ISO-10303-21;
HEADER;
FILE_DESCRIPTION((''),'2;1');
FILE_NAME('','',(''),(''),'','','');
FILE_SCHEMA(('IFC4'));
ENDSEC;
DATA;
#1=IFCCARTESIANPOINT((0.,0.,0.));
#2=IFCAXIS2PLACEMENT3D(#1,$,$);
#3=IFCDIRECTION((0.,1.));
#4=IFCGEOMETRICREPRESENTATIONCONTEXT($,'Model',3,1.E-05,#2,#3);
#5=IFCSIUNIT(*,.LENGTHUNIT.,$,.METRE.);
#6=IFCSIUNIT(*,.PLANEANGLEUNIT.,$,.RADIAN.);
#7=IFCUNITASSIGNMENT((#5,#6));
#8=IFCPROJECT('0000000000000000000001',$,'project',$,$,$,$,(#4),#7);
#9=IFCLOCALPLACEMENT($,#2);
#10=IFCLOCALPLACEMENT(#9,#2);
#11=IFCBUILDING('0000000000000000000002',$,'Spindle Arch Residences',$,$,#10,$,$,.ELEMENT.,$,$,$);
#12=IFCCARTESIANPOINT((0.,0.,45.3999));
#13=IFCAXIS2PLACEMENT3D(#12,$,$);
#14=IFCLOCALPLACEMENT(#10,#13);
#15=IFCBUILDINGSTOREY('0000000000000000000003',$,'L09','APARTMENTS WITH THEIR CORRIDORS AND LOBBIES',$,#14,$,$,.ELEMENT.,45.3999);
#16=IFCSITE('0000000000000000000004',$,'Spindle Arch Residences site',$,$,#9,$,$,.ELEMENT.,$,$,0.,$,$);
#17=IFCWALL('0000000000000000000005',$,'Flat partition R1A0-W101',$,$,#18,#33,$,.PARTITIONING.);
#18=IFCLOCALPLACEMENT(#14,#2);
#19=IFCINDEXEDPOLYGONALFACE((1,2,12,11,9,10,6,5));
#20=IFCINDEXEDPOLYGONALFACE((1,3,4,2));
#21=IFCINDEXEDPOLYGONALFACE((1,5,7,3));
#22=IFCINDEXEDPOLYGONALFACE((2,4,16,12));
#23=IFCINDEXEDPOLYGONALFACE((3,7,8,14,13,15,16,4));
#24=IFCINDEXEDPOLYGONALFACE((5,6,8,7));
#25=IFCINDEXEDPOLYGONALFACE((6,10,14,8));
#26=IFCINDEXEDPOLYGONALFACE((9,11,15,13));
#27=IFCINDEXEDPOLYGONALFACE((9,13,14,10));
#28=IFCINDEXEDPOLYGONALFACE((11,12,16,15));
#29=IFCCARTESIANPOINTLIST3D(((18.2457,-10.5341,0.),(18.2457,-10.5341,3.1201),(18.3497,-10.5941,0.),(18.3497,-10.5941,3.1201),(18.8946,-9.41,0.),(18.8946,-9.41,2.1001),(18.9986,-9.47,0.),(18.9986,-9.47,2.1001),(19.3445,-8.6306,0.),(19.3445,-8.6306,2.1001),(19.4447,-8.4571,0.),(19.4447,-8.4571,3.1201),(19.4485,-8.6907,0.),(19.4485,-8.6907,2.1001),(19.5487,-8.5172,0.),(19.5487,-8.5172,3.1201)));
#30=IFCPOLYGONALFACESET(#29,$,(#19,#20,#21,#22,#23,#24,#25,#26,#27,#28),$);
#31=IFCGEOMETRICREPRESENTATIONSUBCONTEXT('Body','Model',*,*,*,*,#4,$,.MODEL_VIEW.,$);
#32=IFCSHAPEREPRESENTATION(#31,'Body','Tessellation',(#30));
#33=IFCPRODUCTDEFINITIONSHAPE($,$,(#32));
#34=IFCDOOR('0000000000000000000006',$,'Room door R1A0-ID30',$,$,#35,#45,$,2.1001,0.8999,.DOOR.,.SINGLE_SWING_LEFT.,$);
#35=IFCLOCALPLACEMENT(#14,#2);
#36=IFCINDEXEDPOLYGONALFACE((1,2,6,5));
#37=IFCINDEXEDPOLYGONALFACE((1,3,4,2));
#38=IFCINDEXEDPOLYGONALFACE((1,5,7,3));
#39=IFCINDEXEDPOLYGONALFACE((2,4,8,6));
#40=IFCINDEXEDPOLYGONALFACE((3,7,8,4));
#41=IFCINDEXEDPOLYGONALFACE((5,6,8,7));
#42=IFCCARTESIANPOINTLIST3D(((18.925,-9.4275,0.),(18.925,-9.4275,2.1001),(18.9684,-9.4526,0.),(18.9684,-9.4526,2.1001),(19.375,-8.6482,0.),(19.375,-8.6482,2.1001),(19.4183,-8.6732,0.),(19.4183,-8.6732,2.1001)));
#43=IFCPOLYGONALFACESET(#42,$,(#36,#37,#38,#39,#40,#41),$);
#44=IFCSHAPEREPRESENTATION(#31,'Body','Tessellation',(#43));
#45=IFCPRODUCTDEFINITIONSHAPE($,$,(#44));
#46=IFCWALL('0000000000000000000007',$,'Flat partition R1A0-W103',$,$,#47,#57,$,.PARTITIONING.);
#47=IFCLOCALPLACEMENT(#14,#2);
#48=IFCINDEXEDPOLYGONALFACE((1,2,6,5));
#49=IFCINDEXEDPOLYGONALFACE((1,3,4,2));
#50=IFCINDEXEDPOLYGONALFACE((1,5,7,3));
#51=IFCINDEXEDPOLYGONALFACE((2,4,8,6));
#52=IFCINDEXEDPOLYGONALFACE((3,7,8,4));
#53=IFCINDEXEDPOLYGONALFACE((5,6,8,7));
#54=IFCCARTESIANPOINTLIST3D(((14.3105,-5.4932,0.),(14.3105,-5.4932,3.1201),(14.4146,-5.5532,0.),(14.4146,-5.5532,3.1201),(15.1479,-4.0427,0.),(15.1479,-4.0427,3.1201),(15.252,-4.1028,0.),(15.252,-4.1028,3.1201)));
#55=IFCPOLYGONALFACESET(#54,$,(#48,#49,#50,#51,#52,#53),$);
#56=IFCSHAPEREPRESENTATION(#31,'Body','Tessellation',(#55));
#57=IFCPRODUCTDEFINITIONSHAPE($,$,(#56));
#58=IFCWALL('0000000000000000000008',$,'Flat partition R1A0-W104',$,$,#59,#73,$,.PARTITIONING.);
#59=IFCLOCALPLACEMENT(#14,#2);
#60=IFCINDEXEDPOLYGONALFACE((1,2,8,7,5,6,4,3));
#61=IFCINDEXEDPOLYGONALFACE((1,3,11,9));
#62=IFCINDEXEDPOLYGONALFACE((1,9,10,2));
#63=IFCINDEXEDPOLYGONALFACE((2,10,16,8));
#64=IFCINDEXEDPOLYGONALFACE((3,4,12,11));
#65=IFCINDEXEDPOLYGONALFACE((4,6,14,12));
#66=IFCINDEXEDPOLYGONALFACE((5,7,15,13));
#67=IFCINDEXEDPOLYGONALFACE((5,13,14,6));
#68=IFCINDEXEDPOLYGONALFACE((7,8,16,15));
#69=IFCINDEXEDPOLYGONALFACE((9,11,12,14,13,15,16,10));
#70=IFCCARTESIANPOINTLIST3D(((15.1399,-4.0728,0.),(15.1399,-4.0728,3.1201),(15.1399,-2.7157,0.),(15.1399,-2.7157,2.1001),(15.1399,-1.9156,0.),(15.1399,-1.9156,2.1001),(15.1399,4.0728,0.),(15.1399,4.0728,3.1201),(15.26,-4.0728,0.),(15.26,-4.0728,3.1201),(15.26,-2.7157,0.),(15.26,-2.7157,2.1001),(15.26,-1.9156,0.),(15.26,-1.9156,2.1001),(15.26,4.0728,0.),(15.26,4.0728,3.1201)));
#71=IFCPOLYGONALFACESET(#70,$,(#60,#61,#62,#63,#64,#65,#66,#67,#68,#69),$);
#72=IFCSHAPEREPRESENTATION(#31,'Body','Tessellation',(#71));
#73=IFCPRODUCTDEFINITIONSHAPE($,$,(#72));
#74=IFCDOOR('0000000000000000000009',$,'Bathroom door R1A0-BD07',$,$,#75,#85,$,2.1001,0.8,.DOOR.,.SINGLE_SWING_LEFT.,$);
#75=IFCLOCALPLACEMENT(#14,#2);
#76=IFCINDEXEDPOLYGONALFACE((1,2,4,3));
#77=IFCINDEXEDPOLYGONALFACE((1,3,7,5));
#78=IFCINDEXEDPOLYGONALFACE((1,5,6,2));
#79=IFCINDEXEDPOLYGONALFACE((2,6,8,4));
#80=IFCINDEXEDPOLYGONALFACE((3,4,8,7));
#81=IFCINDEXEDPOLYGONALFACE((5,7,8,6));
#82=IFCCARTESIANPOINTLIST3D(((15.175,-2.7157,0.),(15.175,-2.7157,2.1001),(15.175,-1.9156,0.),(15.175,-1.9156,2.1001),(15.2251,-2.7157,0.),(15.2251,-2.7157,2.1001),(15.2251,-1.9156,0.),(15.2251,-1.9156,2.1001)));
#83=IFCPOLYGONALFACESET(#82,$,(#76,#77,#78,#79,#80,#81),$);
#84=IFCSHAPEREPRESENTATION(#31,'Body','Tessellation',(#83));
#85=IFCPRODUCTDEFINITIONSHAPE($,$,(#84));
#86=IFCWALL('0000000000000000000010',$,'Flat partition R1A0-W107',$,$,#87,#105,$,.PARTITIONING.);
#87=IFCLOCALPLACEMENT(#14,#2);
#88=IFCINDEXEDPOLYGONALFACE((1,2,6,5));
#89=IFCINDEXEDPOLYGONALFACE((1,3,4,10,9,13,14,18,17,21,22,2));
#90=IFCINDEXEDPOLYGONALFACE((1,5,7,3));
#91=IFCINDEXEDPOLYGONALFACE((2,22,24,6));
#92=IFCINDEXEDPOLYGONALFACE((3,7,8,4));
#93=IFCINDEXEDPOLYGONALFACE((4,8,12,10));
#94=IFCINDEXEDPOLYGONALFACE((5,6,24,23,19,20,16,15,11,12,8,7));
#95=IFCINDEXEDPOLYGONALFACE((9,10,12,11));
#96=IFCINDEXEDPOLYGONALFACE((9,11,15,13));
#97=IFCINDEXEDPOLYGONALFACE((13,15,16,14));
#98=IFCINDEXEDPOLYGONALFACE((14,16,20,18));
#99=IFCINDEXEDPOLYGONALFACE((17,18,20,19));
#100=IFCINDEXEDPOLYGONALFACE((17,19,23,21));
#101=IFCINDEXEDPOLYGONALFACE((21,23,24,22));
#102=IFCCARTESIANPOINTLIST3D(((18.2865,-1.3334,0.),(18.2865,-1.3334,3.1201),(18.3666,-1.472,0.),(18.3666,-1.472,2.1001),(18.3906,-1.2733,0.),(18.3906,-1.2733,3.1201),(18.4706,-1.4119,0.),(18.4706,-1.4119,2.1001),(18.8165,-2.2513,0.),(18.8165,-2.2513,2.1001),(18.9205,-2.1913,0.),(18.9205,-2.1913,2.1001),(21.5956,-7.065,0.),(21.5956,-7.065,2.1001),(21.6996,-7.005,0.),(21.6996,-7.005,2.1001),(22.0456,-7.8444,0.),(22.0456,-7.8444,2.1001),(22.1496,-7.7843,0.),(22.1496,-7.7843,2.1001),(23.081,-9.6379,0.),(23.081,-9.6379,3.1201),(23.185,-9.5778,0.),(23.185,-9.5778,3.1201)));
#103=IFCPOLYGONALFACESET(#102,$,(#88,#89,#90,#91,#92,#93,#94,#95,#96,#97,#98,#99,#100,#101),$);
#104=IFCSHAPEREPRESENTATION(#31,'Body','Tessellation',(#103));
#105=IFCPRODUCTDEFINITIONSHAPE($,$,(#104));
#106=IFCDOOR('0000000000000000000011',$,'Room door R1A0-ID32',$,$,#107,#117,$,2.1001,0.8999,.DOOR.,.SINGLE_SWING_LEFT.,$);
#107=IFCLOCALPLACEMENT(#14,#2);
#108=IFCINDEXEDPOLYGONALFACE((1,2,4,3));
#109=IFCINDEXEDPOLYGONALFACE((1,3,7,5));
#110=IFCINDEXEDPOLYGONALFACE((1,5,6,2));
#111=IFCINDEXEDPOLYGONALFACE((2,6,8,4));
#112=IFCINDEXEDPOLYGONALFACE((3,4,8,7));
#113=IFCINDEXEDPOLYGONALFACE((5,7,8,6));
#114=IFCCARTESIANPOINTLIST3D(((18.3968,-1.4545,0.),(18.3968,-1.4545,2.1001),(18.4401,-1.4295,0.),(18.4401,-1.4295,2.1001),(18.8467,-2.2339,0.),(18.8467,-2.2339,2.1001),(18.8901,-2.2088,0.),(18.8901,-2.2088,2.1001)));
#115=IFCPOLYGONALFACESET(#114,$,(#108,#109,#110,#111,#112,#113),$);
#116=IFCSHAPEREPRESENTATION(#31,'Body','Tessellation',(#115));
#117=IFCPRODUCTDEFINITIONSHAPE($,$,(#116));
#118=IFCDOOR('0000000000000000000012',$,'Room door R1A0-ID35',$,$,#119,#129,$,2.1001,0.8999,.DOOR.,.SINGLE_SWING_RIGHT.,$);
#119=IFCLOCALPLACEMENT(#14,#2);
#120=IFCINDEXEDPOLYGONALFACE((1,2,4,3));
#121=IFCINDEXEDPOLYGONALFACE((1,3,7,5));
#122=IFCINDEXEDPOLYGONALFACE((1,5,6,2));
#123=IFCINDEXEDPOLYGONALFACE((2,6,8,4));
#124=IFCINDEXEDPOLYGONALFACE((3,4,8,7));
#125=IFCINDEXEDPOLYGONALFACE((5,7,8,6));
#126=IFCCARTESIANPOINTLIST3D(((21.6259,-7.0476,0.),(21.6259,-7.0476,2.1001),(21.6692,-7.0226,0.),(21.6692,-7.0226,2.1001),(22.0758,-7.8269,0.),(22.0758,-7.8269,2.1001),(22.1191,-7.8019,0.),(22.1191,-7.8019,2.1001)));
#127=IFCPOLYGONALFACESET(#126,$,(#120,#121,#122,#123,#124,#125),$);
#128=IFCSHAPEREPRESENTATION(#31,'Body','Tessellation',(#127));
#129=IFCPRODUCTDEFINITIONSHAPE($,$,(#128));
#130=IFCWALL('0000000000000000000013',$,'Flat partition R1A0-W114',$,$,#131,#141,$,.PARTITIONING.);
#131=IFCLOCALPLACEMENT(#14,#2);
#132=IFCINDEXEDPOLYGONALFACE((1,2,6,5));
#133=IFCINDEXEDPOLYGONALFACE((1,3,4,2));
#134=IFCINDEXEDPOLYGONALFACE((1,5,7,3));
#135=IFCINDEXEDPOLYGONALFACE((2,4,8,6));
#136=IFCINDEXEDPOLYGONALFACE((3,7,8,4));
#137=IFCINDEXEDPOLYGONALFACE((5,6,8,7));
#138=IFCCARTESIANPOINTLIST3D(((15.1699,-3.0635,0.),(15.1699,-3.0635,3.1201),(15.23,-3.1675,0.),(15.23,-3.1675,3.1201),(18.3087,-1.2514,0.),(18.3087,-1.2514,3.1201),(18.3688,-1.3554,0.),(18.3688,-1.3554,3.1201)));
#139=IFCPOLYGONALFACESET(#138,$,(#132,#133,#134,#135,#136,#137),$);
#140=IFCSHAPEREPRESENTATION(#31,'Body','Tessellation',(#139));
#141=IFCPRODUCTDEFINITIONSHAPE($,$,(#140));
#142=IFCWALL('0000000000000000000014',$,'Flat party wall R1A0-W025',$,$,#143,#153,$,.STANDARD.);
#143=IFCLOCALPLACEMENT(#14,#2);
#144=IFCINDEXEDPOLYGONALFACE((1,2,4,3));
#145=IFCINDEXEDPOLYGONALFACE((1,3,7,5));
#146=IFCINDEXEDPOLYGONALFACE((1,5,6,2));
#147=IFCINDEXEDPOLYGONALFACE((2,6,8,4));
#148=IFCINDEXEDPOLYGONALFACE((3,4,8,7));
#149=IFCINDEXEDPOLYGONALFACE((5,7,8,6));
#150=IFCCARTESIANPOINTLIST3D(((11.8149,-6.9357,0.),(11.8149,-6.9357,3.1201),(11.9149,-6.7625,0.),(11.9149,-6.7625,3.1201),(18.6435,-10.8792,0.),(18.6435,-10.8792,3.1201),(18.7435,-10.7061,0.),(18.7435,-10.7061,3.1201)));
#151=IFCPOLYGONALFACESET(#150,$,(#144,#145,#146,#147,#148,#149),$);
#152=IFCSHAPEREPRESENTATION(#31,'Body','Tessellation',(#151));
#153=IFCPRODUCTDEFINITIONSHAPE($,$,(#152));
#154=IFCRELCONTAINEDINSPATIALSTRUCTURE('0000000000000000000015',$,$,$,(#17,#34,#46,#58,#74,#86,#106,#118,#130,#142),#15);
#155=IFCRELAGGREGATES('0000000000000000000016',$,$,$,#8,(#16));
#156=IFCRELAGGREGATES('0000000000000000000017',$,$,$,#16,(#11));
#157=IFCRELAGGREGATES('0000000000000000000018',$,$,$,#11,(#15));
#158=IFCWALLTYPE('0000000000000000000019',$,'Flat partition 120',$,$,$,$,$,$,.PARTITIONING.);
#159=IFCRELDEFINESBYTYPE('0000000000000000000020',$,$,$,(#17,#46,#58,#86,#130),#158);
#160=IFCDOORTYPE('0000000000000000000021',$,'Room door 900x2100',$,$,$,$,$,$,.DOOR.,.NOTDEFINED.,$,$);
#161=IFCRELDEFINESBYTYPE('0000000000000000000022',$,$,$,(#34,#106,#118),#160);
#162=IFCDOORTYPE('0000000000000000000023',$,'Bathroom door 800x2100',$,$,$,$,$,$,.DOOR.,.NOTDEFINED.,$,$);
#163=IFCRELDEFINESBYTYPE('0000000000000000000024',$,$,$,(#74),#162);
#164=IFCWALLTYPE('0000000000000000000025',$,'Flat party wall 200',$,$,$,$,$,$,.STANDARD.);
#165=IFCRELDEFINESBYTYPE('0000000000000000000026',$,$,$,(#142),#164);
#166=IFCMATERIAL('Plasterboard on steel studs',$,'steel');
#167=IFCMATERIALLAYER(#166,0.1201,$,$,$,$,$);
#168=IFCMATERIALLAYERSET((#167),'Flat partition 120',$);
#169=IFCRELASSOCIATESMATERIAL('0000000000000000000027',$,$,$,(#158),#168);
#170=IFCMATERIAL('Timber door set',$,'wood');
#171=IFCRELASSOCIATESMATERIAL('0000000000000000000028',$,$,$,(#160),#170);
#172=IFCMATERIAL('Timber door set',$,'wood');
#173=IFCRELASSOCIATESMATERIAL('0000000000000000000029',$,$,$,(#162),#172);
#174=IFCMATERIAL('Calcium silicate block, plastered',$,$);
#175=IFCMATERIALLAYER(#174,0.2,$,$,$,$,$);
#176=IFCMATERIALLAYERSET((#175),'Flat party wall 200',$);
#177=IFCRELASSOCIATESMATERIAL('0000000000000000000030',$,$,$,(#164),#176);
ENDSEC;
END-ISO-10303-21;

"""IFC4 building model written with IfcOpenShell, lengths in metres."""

from ifc_helpers import new_model, si_unit, direction, frame, frame_2d, origin, place, context, subcontext, project, spatial, rectangle, extrude, material, layer, layer_set, type_object, element, fill, save


model = new_model("IFC4")

# Units and contexts
model_context = context("Model", 3, precision=1e-05, world=origin(), true_north=direction((0.0, 1.0)))
body_context = subcontext(model_context, "Body", "Model", "MODEL_VIEW")
ifc_project = project(units=[si_unit("LENGTHUNIT", "METRE"), si_unit("PLANEANGLEUNIT", "RADIAN")], contexts=[model_context])

# Site, building, storey
site_placement = place(None, origin())
site = spatial("IfcSite", under=ifc_project, at=site_placement, Name="Spindle Arch Residences site", CompositionType="ELEMENT", RefElevation=0.0)
building_placement = place(site_placement, origin())
building = spatial("IfcBuilding", under=site, at=building_placement, Name="Spindle Arch Residences", CompositionType="ELEMENT")
storey_placement = place(building_placement, frame((0.0, 0.0, 45.3999)))
storey = spatial("IfcBuildingStorey", under=building, at=storey_placement, Name="L09", Description="APARTMENTS WITH THEIR CORRIDORS AND LOBBIES", CompositionType="ELEMENT", Elevation=45.3999)

# Wall, opening, door
ifc_material_1 = material(Name="Plasterboard on steel studs", Category="steel")
ifc_layer_1 = layer(ifc_material_1, 0.1201)
ifc_layer_set_1 = layer_set([ifc_layer_1], Name="Flat partition 120")
wall_type_1 = type_object("IfcWallType", Name="Flat partition 120", PredefinedType="PARTITIONING", material=ifc_layer_set_1)
wall_1_placement = place(storey_placement, frame((18.2976, -10.5642, 0.0), z_axis=(0.0, 0.0, 1.0), x_axis=(0.49996, 0.866048, 0.0)))
wall_1 = element("IfcWall", 1, at=wall_1_placement, inside=storey, type_object=wall_type_1, Name="Flat partition R1A0-W101", PredefinedType="PARTITIONING", context=body_context, shape_type="SweptSolid", body=[
    extrude(rectangle(XDim=2.3982, YDim=0.1201, at=frame_2d((1.1992, 0.0))), origin(), (0.0, 0.0, 1.0), 3.1201),
])
opening_1_placement = place(wall_1_placement, frame((1.2981, 0.0, 0.0)))
opening_1 = element("IfcOpeningElement", 2, at=opening_1_placement, cuts=wall_1, PredefinedType="OPENING", context=body_context, shape_type="SweptSolid", body=[
    extrude(rectangle(XDim=0.8999, YDim=2.1001, at=frame_2d((0.45, 1.05))), frame((0.0, 0.0701, 0.0), z_axis=(0.0, -1.0, 0.0), x_axis=(1.0, 0.0, 0.0)), (0.0, 0.0, 1.0), 0.1401),
])
ifc_material_2 = material(Name="Timber door set", Category="wood")
door_type_1 = type_object("IfcDoorType", Name="Room door 900x2100", OperationType="NOTDEFINED", PredefinedType="DOOR", material=ifc_material_2)
door_1_placement = place(opening_1_placement, origin())
door_1 = element("IfcDoor", 3, at=door_1_placement, inside=storey, type_object=door_type_1, Name="Room door R1A0-ID30", OperationType="SINGLE_SWING_LEFT", OverallHeight=2.1001, OverallWidth=0.8999, PredefinedType="DOOR", context=body_context, shape_type="SweptSolid", body=[
    extrude(rectangle(XDim=0.8999, YDim=2.1001, at=frame_2d((0.45, 1.05))), frame((0.0, 0.0249, 0.0), z_axis=(0.0, -1.0, 0.0), x_axis=(1.0, 0.0, 0.0)), (0.0, 0.0, 1.0), 0.05),
])
fill(opening_1, door_1)

# Wall
wall_2_placement = place(storey_placement, frame((14.3625, -5.5232, 0.0), z_axis=(0.0, 0.0, 1.0), x_axis=(0.499996, 0.866028, 0.0)))
element("IfcWall", 4, at=wall_2_placement, inside=storey, type_object=wall_type_1, Name="Flat partition R1A0-W103", PredefinedType="PARTITIONING", context=body_context, shape_type="SweptSolid", body=[
    extrude(rectangle(XDim=1.6748, YDim=0.1201, at=frame_2d((0.8374, 0.0))), origin(), (0.0, 0.0, 1.0), 3.1201),
])

# Wall, opening, door
wall_3_placement = place(storey_placement, frame((15.2, -4.0728, 0.0), z_axis=(0.0, 0.0, 1.0), x_axis=(0.0, 1.0, 0.0)))
wall_3 = element("IfcWall", 5, at=wall_3_placement, inside=storey, type_object=wall_type_1, Name="Flat partition R1A0-W104", PredefinedType="PARTITIONING", context=body_context, shape_type="SweptSolid", body=[
    extrude(rectangle(XDim=8.1455, YDim=0.1201, at=frame_2d((4.0728, 0.0))), origin(), (0.0, 0.0, 1.0), 3.1201),
])
opening_2_placement = place(wall_3_placement, frame((1.3572, 0.0, 0.0)))
opening_2 = element("IfcOpeningElement", 6, at=opening_2_placement, cuts=wall_3, PredefinedType="OPENING", context=body_context, shape_type="SweptSolid", body=[
    extrude(rectangle(XDim=0.8, YDim=2.1001, at=frame_2d((0.3999, 1.05))), frame((0.0, 0.0701, 0.0), z_axis=(0.0, -1.0, 0.0), x_axis=(1.0, 0.0, 0.0)), (0.0, 0.0, 1.0), 0.1401),
])
ifc_material_3 = material(Name="Timber door set", Category="wood")
door_type_2 = type_object("IfcDoorType", Name="Bathroom door 800x2100", OperationType="NOTDEFINED", PredefinedType="DOOR", material=ifc_material_3)
door_2_placement = place(opening_2_placement, origin())
door_2 = element("IfcDoor", 7, at=door_2_placement, inside=storey, type_object=door_type_2, Name="Bathroom door R1A0-BD07", OperationType="SINGLE_SWING_LEFT", OverallHeight=2.1001, OverallWidth=0.8, PredefinedType="DOOR", context=body_context, shape_type="SweptSolid", body=[
    extrude(rectangle(XDim=0.8, YDim=2.1001, at=frame_2d((0.3999, 1.05))), frame((0.0, 0.0249, 0.0), z_axis=(0.0, -1.0, 0.0), x_axis=(1.0, 0.0, 0.0)), (0.0, 0.0, 1.0), 0.05),
])
fill(opening_2, door_2)

# Wall, openings, doors
wall_4_placement = place(storey_placement, frame((18.3386, -1.3035, 0.0), z_axis=(0.0, 0.0, 1.0), x_axis=(0.499989, -0.866032, 0.0)))
wall_4 = element("IfcWall", 8, at=wall_4_placement, inside=storey, type_object=wall_type_1, Name="Flat partition R1A0-W107", PredefinedType="PARTITIONING", context=body_context, shape_type="SweptSolid", body=[
    extrude(rectangle(XDim=9.5891, YDim=0.1201, at=frame_2d((4.7944, 0.0))), origin(), (0.0, 0.0, 1.0), 3.1201),
])
opening_3_placement = place(wall_4_placement, frame((0.1599, 0.0, 0.0)))
opening_3 = element("IfcOpeningElement", 9, at=opening_3_placement, cuts=wall_4, PredefinedType="OPENING", context=body_context, shape_type="SweptSolid", body=[
    extrude(rectangle(XDim=0.8999, YDim=2.1001, at=frame_2d((0.45, 1.05))), frame((0.0, 0.0701, 0.0), z_axis=(0.0, -1.0, 0.0), x_axis=(1.0, 0.0, 0.0)), (0.0, 0.0, 1.0), 0.1401),
])
opening_4_placement = place(wall_4_placement, frame((6.6182, 0.0, 0.0)))
opening_4 = element("IfcOpeningElement", 10, at=opening_4_placement, cuts=wall_4, PredefinedType="OPENING", context=body_context, shape_type="SweptSolid", body=[
    extrude(rectangle(XDim=0.8999, YDim=2.1001, at=frame_2d((0.45, 1.05))), frame((0.0, 0.0701, 0.0), z_axis=(0.0, -1.0, 0.0), x_axis=(1.0, 0.0, 0.0)), (0.0, 0.0, 1.0), 0.1401),
])
door_3_placement = place(opening_3_placement, origin())
door_3 = element("IfcDoor", 11, at=door_3_placement, inside=storey, type_object=door_type_1, Name="Room door R1A0-ID32", OperationType="SINGLE_SWING_LEFT", OverallHeight=2.1001, OverallWidth=0.8999, PredefinedType="DOOR", context=body_context, shape_type="SweptSolid", body=[
    extrude(rectangle(XDim=0.8999, YDim=2.1001, at=frame_2d((0.45, 1.05))), frame((0.0, 0.0249, 0.0), z_axis=(0.0, -1.0, 0.0), x_axis=(1.0, 0.0, 0.0)), (0.0, 0.0, 1.0), 0.05),
])
fill(opening_3, door_3)
door_4_placement = place(opening_4_placement, origin())
door_4 = element("IfcDoor", 12, at=door_4_placement, inside=storey, type_object=door_type_1, Name="Room door R1A0-ID35", OperationType="SINGLE_SWING_RIGHT", OverallHeight=2.1001, OverallWidth=0.8999, PredefinedType="DOOR", context=body_context, shape_type="SweptSolid", body=[
    extrude(rectangle(XDim=0.8999, YDim=2.1001, at=frame_2d((0.45, 1.05))), frame((0.0, 0.0249, 0.0), z_axis=(0.0, -1.0, 0.0), x_axis=(1.0, 0.0, 0.0)), (0.0, 0.0, 1.0), 0.05),
])
fill(opening_4, door_4)

# Walls
wall_5_placement = place(storey_placement, frame((18.3386, -1.3035, 0.0), z_axis=(0.0, 0.0, 1.0), x_axis=(-0.866038, -0.499979, 0.0)))
element("IfcWall", 13, at=wall_5_placement, inside=storey, type_object=wall_type_1, Name="Flat partition R1A0-W114", PredefinedType="PARTITIONING", context=body_context, shape_type="SweptSolid", body=[
    extrude(rectangle(XDim=3.6243, YDim=0.1201, at=frame_2d((1.812, 0.0))), origin(), (0.0, 0.0, 1.0), 3.1201),
])
ifc_material_4 = material(Name="Calcium silicate block, plastered")
ifc_layer_2 = layer(ifc_material_4, 0.2)
ifc_layer_set_2 = layer_set([ifc_layer_2], Name="Flat party wall 200")
wall_type_2 = type_object("IfcWallType", Name="Flat party wall 200", PredefinedType="STANDARD", material=ifc_layer_set_2)
wall_6_placement = place(storey_placement, frame((18.6936, -10.7927, 0.0), z_axis=(0.0, 0.0, 1.0), x_axis=(-0.865965, 0.500105, 0.0)))
element("IfcWall", 14, at=wall_6_placement, inside=storey, type_object=wall_type_2, Name="Flat party wall R1A0-W025", PredefinedType="STANDARD", context=body_context, shape_type="SweptSolid", body=[
    extrude(rectangle(XDim=7.8855, YDim=0.2, at=frame_2d((3.9429, 0.0))), origin(), (0.0, 0.0, 1.0), 3.1201),
])

save(model, "model.ifc")
